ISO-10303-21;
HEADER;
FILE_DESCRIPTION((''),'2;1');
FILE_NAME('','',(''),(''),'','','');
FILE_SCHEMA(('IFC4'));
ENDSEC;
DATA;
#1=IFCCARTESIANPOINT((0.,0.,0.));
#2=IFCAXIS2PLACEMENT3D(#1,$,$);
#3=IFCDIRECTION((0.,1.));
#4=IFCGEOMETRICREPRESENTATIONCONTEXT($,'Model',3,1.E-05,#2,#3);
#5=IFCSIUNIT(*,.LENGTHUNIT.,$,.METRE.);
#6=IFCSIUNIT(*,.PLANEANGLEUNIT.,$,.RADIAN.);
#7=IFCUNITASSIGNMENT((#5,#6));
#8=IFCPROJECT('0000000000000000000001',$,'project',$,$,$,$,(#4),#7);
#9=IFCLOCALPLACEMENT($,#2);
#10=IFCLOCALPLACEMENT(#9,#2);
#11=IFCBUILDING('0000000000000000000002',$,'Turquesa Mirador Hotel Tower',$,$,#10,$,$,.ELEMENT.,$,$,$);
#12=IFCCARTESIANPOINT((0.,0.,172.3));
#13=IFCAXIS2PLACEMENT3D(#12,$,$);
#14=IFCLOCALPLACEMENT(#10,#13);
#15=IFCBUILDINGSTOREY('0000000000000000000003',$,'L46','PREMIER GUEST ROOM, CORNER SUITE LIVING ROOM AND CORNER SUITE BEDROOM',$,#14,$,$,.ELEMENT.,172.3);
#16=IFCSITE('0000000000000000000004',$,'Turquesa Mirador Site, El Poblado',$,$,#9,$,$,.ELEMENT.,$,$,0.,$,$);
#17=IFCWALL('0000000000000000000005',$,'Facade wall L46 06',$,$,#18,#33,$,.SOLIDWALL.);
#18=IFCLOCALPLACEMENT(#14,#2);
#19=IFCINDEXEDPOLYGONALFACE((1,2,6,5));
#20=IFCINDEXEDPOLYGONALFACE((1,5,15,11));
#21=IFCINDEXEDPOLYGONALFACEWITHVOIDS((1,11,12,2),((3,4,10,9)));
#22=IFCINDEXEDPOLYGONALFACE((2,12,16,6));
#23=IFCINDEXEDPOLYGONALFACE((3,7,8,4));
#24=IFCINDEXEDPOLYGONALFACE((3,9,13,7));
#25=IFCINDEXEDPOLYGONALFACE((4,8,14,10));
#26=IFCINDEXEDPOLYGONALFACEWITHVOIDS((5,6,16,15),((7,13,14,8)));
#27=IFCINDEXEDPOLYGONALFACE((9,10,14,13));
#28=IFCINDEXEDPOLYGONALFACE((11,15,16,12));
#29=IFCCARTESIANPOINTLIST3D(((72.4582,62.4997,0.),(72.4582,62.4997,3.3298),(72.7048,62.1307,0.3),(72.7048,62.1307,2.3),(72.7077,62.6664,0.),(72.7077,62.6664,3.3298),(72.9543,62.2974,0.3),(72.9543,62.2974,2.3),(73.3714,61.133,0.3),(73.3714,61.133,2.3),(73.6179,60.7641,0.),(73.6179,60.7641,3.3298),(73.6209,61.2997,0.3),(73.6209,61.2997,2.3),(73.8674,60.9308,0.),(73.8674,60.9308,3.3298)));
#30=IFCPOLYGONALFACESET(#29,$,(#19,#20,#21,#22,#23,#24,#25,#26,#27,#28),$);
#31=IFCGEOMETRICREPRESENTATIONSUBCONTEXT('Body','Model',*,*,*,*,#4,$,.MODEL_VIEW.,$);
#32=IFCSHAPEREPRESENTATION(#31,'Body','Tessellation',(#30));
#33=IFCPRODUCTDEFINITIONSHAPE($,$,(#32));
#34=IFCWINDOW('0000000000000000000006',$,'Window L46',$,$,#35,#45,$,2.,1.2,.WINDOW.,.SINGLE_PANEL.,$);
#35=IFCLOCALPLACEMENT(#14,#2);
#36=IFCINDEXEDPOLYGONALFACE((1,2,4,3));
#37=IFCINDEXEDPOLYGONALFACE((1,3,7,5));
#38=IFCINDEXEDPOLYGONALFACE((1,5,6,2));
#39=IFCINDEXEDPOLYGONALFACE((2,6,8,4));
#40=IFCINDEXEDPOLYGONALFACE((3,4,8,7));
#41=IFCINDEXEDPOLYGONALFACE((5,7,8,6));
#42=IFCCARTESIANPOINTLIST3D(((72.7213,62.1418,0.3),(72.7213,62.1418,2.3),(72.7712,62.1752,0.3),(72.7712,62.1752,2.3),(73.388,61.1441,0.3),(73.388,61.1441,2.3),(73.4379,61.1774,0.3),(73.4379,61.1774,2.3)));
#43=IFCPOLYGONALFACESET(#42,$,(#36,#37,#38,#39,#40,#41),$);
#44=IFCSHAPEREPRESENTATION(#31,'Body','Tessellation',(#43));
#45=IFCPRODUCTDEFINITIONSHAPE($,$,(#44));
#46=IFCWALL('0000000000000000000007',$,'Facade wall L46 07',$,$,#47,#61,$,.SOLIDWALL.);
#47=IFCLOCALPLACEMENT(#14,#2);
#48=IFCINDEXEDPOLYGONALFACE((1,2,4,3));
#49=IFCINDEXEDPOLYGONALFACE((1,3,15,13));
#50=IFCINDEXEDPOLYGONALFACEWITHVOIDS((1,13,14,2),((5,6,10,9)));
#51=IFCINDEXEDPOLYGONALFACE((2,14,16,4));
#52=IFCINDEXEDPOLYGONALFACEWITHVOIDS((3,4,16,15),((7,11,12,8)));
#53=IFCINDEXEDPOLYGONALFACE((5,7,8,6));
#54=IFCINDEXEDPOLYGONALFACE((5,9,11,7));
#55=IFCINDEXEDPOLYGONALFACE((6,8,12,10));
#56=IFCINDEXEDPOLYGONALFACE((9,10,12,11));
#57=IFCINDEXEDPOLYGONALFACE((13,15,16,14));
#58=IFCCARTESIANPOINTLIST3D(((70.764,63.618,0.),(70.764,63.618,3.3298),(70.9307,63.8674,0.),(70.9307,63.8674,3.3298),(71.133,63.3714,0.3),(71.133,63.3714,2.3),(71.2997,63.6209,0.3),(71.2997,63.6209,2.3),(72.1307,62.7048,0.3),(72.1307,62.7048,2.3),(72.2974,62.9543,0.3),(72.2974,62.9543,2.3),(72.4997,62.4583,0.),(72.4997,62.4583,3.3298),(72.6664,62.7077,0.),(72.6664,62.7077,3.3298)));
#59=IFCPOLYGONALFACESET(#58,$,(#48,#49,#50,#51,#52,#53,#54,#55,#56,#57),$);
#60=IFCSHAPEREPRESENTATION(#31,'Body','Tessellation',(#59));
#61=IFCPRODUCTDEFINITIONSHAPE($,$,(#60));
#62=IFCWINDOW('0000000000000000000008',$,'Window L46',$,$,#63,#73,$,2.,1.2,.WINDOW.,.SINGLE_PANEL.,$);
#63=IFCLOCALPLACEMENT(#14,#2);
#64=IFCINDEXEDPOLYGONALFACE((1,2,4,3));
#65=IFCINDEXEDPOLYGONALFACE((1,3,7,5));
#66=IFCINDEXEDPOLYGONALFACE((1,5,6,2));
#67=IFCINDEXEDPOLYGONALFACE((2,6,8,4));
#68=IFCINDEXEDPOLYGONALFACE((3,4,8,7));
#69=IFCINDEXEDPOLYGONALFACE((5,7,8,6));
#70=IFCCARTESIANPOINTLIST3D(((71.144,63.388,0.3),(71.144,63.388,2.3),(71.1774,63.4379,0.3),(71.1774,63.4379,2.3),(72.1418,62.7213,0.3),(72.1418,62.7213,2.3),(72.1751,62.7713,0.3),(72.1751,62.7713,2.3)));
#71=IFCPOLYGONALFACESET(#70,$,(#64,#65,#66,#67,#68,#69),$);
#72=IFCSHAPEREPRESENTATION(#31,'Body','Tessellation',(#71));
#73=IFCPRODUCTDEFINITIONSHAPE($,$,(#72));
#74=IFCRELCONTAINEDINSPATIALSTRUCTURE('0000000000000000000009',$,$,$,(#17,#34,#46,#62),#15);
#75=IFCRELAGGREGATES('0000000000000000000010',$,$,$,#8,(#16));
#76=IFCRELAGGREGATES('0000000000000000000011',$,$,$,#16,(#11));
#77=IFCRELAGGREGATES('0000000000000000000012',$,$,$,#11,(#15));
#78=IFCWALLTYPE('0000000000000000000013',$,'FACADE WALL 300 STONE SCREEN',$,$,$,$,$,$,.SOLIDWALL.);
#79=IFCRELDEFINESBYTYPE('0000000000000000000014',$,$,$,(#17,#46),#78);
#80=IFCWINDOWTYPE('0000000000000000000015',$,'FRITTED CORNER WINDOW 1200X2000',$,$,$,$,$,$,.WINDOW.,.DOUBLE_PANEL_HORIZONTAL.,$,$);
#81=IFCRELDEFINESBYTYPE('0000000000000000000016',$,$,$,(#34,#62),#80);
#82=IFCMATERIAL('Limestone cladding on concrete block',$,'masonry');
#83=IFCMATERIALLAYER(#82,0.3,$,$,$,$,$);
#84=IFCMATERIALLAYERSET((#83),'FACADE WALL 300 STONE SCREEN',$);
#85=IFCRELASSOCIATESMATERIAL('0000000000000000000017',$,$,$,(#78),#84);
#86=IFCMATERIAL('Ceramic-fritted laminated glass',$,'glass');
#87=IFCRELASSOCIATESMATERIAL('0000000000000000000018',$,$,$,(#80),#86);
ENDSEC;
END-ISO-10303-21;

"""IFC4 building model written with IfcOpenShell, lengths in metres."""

from ifc_helpers import new_model, si_unit, direction, frame, frame_2d, origin, place, context, subcontext, project, spatial, rectangle, extrude, material, layer, layer_set, type_object, element, fill, save


model = new_model("IFC4")

# Units and contexts
model_context = context("Model", 3, precision=1e-05, world=origin(), true_north=direction((0.0, 1.0)))
body_context = subcontext(model_context, "Body", "Model", "MODEL_VIEW")
ifc_project = project(units=[si_unit("LENGTHUNIT", "METRE"), si_unit("PLANEANGLEUNIT", "RADIAN")], contexts=[model_context])

# Site, building, storey
site_placement = place(None, origin())
site = spatial("IfcSite", under=ifc_project, at=site_placement, Name="Turquesa Mirador Site, El Poblado", CompositionType="ELEMENT", RefElevation=0.0)
building_placement = place(site_placement, origin())
building = spatial("IfcBuilding", under=site, at=building_placement, Name="Turquesa Mirador Hotel Tower", CompositionType="ELEMENT")
storey_placement = place(building_placement, frame((0.0, 0.0, 172.3)))
storey = spatial("IfcBuildingStorey", under=building, at=storey_placement, Name="L46", Description="PREMIER GUEST ROOM, CORNER SUITE LIVING ROOM AND CORNER SUITE BEDROOM", CompositionType="ELEMENT", Elevation=172.3)

# Walls, openings, windows
ifc_material_1 = material(Name="Limestone cladding on concrete block", Category="masonry")
ifc_layer = layer(ifc_material_1, 0.3)
ifc_layer_set = layer_set([ifc_layer], Name="FACADE WALL 300 STONE SCREEN")
wall_type = type_object("IfcWallType", Name="FACADE WALL 300 STONE SCREEN", PredefinedType="SOLIDWALL", material=ifc_layer_set)
ifc_material_2 = material(Name="Ceramic-fritted laminated glass", Category="glass")
window_type = type_object("IfcWindowType", Name="FRITTED CORNER WINDOW 1200X2000", PartitioningType="DOUBLE_PANEL_HORIZONTAL", PredefinedType="WINDOW", material=ifc_material_2)
wall_1_placement = place(storey_placement, frame((73.7427, 60.8474, 0.0), z_axis=(0.0, 0.0, 1.0), x_axis=(-0.555564, 0.831474, 0.0)))
wall_1 = element("IfcWall", 1, at=wall_1_placement, inside=storey, type_object=wall_type, Name="Facade wall L46 06", PredefinedType="SOLIDWALL", context=body_context, shape_type="SweptSolid", body=[
    extrude(rectangle(XDim=2.0874, YDim=0.3, at=frame_2d((1.0437, 0.0))), origin(), (0.0, 0.0, 1.0), 3.3298),
])
opening_1_placement = place(wall_1_placement, frame((0.4436, 0.0, 0.3)))
opening_1 = element("IfcOpeningElement", 2, at=opening_1_placement, cuts=wall_1, PredefinedType="OPENING", context=body_context, shape_type="SweptSolid", body=[
    extrude(rectangle(XDim=1.2, YDim=2.0, at=frame_2d((0.6001, 1.0))), frame((0.0, 0.1599, 0.0), z_axis=(0.0, -1.0, 0.0), x_axis=(1.0, 0.0, 0.0)), (0.0, 0.0, 1.0), 0.3201),
])
window_1_placement = place(opening_1_placement, origin())
window_1 = element("IfcWindow", 3, at=window_1_placement, inside=storey, type_object=window_type, Name="Window L46", OverallHeight=2.0, OverallWidth=1.2, PartitioningType="SINGLE_PANEL", PredefinedType="WINDOW", context=body_context, shape_type="SweptSolid", body=[
    extrude(rectangle(XDim=1.2, YDim=2.0, at=frame_2d((0.6001, 1.0))), frame((0.0, 0.1301, 0.0), z_axis=(0.0, -1.0, 0.0), x_axis=(1.0, 0.0, 0.0)), (0.0, 0.0, 1.0), 0.0601),
])
fill(opening_1, window_1)
wall_2_placement = place(storey_placement, frame((72.583, 62.583, 0.0), z_axis=(0.0, 0.0, 1.0), x_axis=(-0.831474, 0.555564, 0.0)))
wall_2 = element("IfcWall", 4, at=wall_2_placement, inside=storey, type_object=wall_type, Name="Facade wall L46 07", PredefinedType="SOLIDWALL", context=body_context, shape_type="SweptSolid", body=[
    extrude(rectangle(XDim=2.0874, YDim=0.3, at=frame_2d((1.0437, 0.0))), origin(), (0.0, 0.0, 1.0), 3.3298),
])
opening_2_placement = place(wall_2_placement, frame((0.4436, 0.0, 0.3)))
opening_2 = element("IfcOpeningElement", 5, at=opening_2_placement, cuts=wall_2, PredefinedType="OPENING", context=body_context, shape_type="SweptSolid", body=[
    extrude(rectangle(XDim=1.2, YDim=2.0, at=frame_2d((0.6001, 1.0))), frame((0.0, 0.1599, 0.0), z_axis=(0.0, -1.0, 0.0), x_axis=(1.0, 0.0, 0.0)), (0.0, 0.0, 1.0), 0.3201),
])
window_2_placement = place(opening_2_placement, origin())
window_2 = element("IfcWindow", 6, at=window_2_placement, inside=storey, type_object=window_type, Name="Window L46", OverallHeight=2.0, OverallWidth=1.2, PartitioningType="SINGLE_PANEL", PredefinedType="WINDOW", context=body_context, shape_type="SweptSolid", body=[
    extrude(rectangle(XDim=1.2, YDim=2.0, at=frame_2d((0.6001, 1.0))), frame((0.0, 0.1301, 0.0), z_axis=(0.0, -1.0, 0.0), x_axis=(1.0, 0.0, 0.0)), (0.0, 0.0, 1.0), 0.0601),
])
fill(opening_2, window_2)

save(model, "model.ifc")
